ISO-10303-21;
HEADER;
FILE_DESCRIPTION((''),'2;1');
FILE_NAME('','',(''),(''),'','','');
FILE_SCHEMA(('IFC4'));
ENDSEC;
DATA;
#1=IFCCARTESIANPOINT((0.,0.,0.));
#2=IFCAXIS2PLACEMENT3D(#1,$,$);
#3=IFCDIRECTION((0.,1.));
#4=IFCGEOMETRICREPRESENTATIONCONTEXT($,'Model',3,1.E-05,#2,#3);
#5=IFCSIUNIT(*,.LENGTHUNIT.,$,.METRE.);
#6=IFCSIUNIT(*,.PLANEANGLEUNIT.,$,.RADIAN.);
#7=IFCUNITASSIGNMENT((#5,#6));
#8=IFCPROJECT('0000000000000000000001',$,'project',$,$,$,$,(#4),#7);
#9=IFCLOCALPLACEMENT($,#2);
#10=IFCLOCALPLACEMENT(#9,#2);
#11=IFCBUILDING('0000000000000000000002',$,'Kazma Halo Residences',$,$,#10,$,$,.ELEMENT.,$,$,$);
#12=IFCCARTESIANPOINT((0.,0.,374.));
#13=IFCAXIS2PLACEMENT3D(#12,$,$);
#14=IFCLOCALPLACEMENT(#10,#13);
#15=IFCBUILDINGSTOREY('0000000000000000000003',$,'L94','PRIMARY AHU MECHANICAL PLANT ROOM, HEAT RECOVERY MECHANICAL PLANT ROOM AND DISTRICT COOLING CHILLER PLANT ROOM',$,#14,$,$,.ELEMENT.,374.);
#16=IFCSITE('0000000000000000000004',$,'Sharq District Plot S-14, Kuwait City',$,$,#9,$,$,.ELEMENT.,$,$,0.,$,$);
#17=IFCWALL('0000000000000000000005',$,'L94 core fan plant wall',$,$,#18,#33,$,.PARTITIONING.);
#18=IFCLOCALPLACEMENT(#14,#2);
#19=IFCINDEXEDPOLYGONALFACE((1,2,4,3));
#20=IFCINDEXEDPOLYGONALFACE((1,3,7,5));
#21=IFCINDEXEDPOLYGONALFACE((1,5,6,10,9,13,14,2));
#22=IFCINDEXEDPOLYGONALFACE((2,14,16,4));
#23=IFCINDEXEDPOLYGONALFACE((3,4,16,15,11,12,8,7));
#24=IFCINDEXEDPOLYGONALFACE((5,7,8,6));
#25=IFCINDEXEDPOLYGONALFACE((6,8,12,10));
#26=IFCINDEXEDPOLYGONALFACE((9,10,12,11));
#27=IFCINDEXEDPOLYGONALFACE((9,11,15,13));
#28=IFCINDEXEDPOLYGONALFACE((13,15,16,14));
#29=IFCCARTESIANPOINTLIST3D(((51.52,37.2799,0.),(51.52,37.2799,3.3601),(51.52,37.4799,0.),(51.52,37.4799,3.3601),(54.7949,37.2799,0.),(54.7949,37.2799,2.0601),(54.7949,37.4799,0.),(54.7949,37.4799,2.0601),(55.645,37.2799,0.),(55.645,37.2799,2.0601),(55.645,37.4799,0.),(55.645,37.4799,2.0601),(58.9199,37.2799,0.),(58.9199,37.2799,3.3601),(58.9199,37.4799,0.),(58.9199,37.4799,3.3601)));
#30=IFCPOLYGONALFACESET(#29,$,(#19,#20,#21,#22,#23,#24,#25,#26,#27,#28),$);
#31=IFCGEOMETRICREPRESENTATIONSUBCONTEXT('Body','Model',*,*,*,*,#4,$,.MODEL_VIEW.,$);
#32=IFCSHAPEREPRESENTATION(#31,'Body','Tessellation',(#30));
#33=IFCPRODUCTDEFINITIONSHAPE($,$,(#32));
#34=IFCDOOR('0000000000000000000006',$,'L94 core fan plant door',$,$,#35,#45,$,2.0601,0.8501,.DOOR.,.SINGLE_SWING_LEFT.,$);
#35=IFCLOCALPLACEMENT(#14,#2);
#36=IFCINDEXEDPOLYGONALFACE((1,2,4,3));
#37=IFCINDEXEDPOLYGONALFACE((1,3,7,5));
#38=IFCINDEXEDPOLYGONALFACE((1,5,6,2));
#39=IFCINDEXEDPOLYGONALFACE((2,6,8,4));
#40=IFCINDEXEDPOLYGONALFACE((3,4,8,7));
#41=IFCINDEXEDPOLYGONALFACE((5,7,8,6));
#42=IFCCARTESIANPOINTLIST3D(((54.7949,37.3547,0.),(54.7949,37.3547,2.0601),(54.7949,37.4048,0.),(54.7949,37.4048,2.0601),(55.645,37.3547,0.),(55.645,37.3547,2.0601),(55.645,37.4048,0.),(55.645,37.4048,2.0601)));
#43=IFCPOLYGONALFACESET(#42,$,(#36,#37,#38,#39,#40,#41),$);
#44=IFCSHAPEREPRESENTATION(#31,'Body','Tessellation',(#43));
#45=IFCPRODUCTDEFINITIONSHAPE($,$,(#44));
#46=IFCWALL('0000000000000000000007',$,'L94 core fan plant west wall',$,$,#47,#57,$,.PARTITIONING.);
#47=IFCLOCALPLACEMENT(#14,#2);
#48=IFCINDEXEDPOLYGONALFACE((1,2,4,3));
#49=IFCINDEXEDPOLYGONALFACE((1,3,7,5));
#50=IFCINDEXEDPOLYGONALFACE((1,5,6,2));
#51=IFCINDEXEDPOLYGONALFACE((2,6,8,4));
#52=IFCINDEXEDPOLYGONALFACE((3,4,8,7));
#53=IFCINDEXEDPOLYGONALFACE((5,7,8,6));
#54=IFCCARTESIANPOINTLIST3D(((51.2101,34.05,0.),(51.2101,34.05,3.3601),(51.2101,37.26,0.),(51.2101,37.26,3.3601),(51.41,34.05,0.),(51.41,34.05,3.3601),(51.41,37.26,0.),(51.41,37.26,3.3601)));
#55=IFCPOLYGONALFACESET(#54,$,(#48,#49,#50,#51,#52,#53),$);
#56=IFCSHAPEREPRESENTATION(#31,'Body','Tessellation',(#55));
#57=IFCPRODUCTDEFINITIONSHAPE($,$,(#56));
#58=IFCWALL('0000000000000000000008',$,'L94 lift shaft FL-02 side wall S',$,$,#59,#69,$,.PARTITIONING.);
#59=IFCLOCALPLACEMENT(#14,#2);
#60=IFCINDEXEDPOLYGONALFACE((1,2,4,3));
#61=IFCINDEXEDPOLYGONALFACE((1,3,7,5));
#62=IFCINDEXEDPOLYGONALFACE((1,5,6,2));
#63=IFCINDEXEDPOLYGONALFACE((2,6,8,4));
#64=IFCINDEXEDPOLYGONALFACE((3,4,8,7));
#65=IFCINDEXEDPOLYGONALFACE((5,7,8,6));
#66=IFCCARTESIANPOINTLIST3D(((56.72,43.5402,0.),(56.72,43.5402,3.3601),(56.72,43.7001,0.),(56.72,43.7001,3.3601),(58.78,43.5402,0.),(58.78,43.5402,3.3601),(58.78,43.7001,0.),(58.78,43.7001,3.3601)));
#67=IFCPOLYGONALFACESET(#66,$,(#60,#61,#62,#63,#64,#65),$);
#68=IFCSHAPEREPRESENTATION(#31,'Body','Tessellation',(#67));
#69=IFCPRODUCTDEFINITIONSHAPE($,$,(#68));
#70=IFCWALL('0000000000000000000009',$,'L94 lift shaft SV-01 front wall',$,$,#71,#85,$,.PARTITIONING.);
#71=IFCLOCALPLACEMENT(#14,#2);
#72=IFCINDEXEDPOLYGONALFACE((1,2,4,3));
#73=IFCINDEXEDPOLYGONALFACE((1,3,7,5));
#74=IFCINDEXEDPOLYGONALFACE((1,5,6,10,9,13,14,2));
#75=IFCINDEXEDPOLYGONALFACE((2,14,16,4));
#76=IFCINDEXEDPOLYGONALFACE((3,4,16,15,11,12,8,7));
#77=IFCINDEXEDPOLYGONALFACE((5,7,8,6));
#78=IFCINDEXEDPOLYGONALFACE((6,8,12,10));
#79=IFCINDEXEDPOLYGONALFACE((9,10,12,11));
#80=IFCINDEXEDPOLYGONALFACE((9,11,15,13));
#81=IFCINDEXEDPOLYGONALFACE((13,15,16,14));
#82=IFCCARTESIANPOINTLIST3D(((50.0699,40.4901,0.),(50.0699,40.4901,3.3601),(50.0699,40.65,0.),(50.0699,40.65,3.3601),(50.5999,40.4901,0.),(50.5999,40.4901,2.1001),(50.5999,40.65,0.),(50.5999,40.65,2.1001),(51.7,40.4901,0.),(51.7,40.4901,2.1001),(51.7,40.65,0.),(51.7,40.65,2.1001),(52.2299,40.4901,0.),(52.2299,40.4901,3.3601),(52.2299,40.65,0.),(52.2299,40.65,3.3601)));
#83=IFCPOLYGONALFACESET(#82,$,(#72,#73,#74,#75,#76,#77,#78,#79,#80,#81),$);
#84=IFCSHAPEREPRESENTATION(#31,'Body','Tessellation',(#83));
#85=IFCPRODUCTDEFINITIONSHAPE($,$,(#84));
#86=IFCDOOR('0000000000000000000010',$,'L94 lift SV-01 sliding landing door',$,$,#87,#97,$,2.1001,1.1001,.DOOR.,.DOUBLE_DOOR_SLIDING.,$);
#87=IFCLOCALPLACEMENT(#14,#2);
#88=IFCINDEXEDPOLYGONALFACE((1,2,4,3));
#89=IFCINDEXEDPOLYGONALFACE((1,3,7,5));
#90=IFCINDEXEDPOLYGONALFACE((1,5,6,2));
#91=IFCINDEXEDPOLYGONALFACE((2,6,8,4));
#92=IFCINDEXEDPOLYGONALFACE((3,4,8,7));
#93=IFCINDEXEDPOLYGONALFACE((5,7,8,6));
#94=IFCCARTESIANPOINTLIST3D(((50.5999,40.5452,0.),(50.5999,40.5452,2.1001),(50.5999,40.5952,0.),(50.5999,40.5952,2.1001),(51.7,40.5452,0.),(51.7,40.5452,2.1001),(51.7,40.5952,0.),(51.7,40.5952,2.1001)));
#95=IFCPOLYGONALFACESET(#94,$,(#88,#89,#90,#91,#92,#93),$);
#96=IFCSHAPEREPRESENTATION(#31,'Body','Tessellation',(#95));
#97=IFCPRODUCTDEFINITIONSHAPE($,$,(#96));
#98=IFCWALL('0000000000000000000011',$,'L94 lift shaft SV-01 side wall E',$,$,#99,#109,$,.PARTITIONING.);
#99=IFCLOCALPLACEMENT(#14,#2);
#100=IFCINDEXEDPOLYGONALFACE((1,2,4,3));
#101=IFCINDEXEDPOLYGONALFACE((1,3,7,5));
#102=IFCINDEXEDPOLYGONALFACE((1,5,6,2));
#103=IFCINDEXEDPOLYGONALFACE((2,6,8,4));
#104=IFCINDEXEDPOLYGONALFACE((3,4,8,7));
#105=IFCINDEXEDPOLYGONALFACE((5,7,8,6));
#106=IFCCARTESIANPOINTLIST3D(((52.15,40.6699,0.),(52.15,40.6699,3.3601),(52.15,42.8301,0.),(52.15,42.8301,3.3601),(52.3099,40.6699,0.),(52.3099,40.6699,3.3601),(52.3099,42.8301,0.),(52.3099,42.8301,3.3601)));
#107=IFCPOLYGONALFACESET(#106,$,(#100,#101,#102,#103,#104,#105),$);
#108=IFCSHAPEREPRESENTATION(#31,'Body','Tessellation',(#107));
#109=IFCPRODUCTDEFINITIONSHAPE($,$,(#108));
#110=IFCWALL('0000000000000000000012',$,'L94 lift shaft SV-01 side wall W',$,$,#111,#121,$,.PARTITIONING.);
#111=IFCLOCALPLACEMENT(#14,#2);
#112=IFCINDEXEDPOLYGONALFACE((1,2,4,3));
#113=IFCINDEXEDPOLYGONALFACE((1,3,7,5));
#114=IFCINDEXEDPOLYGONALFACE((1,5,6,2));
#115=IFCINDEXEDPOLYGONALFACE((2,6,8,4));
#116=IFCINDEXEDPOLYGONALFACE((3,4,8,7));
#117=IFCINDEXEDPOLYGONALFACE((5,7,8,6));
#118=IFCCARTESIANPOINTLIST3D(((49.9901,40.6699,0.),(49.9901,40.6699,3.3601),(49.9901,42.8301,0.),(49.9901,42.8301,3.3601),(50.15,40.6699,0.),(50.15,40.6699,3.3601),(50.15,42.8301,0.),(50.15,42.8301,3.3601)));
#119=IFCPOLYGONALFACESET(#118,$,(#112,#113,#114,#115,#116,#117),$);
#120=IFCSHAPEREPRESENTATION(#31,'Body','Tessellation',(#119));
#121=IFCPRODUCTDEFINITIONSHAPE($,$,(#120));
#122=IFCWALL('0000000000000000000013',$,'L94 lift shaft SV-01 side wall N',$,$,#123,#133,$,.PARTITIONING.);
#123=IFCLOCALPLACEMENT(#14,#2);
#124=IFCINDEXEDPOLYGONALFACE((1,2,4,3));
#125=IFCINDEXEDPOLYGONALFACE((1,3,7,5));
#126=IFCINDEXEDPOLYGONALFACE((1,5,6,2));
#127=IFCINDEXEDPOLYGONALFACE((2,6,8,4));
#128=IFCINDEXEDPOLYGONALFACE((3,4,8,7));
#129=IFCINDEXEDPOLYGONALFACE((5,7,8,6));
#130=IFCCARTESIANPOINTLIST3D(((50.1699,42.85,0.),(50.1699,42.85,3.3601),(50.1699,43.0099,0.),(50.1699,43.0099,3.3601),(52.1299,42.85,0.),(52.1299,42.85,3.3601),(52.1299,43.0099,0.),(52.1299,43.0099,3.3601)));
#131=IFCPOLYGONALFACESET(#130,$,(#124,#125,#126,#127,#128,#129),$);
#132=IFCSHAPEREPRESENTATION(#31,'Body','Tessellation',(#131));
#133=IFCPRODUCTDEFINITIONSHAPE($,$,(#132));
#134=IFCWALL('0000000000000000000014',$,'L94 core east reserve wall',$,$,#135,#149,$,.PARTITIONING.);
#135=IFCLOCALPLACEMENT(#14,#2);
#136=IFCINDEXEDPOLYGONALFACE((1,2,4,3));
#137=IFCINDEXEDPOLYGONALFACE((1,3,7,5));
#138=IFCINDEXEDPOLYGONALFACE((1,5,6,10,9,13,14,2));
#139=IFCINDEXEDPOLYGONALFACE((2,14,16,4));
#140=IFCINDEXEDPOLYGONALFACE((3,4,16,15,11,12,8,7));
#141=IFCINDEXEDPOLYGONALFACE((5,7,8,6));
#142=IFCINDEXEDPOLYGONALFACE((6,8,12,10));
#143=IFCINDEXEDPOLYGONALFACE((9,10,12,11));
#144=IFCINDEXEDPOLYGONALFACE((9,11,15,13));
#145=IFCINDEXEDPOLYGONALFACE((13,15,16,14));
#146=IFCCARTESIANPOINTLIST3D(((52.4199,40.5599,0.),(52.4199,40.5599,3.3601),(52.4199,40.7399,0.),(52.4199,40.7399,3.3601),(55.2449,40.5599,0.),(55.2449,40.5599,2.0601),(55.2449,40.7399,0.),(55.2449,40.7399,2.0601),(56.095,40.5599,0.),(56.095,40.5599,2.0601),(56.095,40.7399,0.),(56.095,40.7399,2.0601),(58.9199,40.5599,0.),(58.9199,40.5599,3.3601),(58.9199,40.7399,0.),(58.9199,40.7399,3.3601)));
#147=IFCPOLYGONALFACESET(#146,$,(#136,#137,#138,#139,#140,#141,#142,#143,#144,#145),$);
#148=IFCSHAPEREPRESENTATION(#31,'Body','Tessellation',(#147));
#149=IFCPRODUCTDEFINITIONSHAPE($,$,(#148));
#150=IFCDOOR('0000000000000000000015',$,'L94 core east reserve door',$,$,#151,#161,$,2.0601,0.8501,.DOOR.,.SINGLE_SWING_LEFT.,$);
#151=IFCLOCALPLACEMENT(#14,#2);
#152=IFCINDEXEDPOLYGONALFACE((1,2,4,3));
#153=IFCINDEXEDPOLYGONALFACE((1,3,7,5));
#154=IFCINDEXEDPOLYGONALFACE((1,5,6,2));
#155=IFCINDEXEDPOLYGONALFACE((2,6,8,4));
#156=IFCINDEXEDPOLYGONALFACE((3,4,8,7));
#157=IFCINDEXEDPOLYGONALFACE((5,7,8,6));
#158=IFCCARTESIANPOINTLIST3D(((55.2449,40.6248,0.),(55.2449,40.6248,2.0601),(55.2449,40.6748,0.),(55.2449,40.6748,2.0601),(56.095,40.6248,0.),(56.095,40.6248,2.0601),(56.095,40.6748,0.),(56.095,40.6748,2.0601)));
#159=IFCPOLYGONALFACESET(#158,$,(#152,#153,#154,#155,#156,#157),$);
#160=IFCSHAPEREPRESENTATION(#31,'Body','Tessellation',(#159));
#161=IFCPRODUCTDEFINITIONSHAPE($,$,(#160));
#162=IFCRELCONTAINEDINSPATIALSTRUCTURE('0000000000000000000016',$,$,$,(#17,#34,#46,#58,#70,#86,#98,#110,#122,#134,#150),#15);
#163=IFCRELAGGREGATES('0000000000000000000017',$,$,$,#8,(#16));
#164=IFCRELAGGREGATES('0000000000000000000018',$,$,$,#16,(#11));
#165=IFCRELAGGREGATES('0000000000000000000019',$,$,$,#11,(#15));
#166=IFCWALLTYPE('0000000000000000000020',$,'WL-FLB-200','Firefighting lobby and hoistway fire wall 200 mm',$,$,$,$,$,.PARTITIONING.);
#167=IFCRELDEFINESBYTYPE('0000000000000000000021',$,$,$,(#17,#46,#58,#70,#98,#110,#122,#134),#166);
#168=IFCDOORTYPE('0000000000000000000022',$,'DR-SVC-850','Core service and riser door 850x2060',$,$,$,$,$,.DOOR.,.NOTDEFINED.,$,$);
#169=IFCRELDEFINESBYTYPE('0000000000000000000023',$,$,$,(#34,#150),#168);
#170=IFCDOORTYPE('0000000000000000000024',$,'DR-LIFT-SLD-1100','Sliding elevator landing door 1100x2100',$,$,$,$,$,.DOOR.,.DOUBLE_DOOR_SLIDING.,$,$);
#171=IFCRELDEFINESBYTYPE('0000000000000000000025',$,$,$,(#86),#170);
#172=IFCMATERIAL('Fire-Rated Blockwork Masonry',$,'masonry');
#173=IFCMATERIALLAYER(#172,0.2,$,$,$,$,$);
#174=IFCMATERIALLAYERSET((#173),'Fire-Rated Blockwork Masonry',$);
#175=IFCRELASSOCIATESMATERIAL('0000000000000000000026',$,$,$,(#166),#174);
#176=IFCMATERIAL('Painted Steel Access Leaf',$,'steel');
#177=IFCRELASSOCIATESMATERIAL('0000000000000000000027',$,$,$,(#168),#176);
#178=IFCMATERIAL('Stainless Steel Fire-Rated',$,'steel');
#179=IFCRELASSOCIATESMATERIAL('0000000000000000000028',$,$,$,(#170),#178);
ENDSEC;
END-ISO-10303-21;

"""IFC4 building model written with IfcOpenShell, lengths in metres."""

from ifc_helpers import new_model, si_unit, direction, frame, frame_2d, origin, place, context, subcontext, project, spatial, rectangle, extrude, material, layer, layer_set, type_object, element, fill, save


model = new_model("IFC4")

# Units and contexts
model_context = context("Model", 3, precision=1e-05, world=origin(), true_north=direction((0.0, 1.0)))
body_context = subcontext(model_context, "Body", "Model", "MODEL_VIEW")
ifc_project = project(units=[si_unit("LENGTHUNIT", "METRE"), si_unit("PLANEANGLEUNIT", "RADIAN")], contexts=[model_context])

# Site, building, storey
site_placement = place(None, origin())
site = spatial("IfcSite", under=ifc_project, at=site_placement, Name="Sharq District Plot S-14, Kuwait City", CompositionType="ELEMENT", RefElevation=0.0)
building_placement = place(site_placement, origin())
building = spatial("IfcBuilding", under=site, at=building_placement, Name="Kazma Halo Residences", CompositionType="ELEMENT")
storey_placement = place(building_placement, frame((0.0, 0.0, 374.0)))
storey = spatial("IfcBuildingStorey", under=building, at=storey_placement, Name="L94", Description="PRIMARY AHU MECHANICAL PLANT ROOM, HEAT RECOVERY MECHANICAL PLANT ROOM AND DISTRICT COOLING CHILLER PLANT ROOM", CompositionType="ELEMENT", Elevation=374.0)

# Wall, opening, door
ifc_material_1 = material(Name="Fire-Rated Blockwork Masonry", Category="masonry")
ifc_layer_1 = layer(ifc_material_1, 0.2)
ifc_layer_set_1 = layer_set([ifc_layer_1], Name="Fire-Rated Blockwork Masonry")
wall_type_1 = type_object("IfcWallType", Name="WL-FLB-200", Description="Firefighting lobby and hoistway fire wall 200 mm", PredefinedType="PARTITIONING", material=ifc_layer_set_1)
wall_1_placement = place(storey_placement, frame((51.52, 37.3799, 0.0), z_axis=(0.0, 0.0, 1.0), x_axis=(1.0, 0.0, 0.0)))
wall_1 = element("IfcWall", 1, at=wall_1_placement, inside=storey, type_object=wall_type_1, Name="L94 core fan plant wall", PredefinedType="PARTITIONING", context=body_context, shape_type="SweptSolid", body=[
    extrude(rectangle(XDim=7.3999, YDim=0.2, at=frame_2d((3.7, 0.0))), origin(), (0.0, 0.0, 1.0), 3.3601),
])
opening_1_placement = place(wall_1_placement, frame((3.2749, 0.0, 0.0)))
opening_1 = element("IfcOpeningElement", 2, at=opening_1_placement, cuts=wall_1, PredefinedType="OPENING", context=body_context, shape_type="SweptSolid", body=[
    extrude(rectangle(XDim=0.8501, YDim=2.0601, at=frame_2d((0.425, 1.03))), frame((0.0, 0.1099, 0.0), z_axis=(0.0, -1.0, 0.0), x_axis=(1.0, 0.0, 0.0)), (0.0, 0.0, 1.0), 0.22),
])
ifc_material_2 = material(Name="Painted Steel Access Leaf", Category="steel")
door_type_1 = type_object("IfcDoorType", Name="DR-SVC-850", Description="Core service and riser door 850x2060", OperationType="NOTDEFINED", PredefinedType="DOOR", material=ifc_material_2)
door_1_placement = place(opening_1_placement, origin())
door_1 = element("IfcDoor", 3, at=door_1_placement, inside=storey, type_object=door_type_1, Name="L94 core fan plant door", OperationType="SINGLE_SWING_LEFT", OverallHeight=2.0601, OverallWidth=0.8501, PredefinedType="DOOR", context=body_context, shape_type="SweptSolid", body=[
    extrude(rectangle(XDim=0.8501, YDim=2.0601, at=frame_2d((0.425, 1.03))), frame((0.0, 0.0249, 0.0), z_axis=(0.0, -1.0, 0.0), x_axis=(1.0, 0.0, 0.0)), (0.0, 0.0, 1.0), 0.05),
])
fill(opening_1, door_1)

# Walls
wall_2_placement = place(storey_placement, frame((51.3101, 34.05, 0.0), z_axis=(0.0, 0.0, 1.0), x_axis=(0.0, 1.0, 0.0)))
element("IfcWall", 4, at=wall_2_placement, inside=storey, type_object=wall_type_1, Name="L94 core fan plant west wall", PredefinedType="PARTITIONING", context=body_context, shape_type="SweptSolid", body=[
    extrude(rectangle(XDim=3.21, YDim=0.2, at=frame_2d((1.605, 0.0))), origin(), (0.0, 0.0, 1.0), 3.3601),
])
wall_3_placement = place(storey_placement, frame((56.72, 43.6201, 0.0), z_axis=(0.0, 0.0, 1.0), x_axis=(1.0, 0.0, 0.0)))
element("IfcWall", 5, at=wall_3_placement, inside=storey, type_object=wall_type_1, Name="L94 lift shaft FL-02 side wall S", PredefinedType="PARTITIONING", context=body_context, shape_type="SweptSolid", body=[
    extrude(rectangle(XDim=2.0601, YDim=0.1599, at=frame_2d((1.03, 0.0))), origin(), (0.0, 0.0, 1.0), 3.3601),
])

# Wall, opening, door
wall_4_placement = place(storey_placement, frame((52.23, 40.5701, 0.0), z_axis=(0.0, 0.0, 1.0), x_axis=(-1.0, 0.0, 0.0)))
wall_4 = element("IfcWall", 6, at=wall_4_placement, inside=storey, type_object=wall_type_1, Name="L94 lift shaft SV-01 front wall", PredefinedType="PARTITIONING", context=body_context, shape_type="SweptSolid", body=[
    extrude(rectangle(XDim=2.1599, YDim=0.1599, at=frame_2d((1.0801, 0.0))), origin(), (0.0, 0.0, 1.0), 3.3601),
])
opening_2_placement = place(wall_4_placement, frame((0.53, 0.0, 0.0)))
opening_2 = element("IfcOpeningElement", 7, at=opening_2_placement, cuts=wall_4, PredefinedType="OPENING", context=body_context, shape_type="SweptSolid", body=[
    extrude(rectangle(XDim=1.1001, YDim=2.1001, at=frame_2d((0.55, 1.05))), frame((0.0, 0.0898, 0.0), z_axis=(0.0, -1.0, 0.0), x_axis=(1.0, 0.0, 0.0)), (0.0, 0.0, 1.0), 0.1799),
])
ifc_material_3 = material(Name="Stainless Steel Fire-Rated", Category="steel")
door_type_2 = type_object("IfcDoorType", Name="DR-LIFT-SLD-1100", Description="Sliding elevator landing door 1100x2100", OperationType="DOUBLE_DOOR_SLIDING", PredefinedType="DOOR", material=ifc_material_3)
door_2_placement = place(opening_2_placement, origin())
door_2 = element("IfcDoor", 8, at=door_2_placement, inside=storey, type_object=door_type_2, Name="L94 lift SV-01 sliding landing door", OperationType="DOUBLE_DOOR_SLIDING", OverallHeight=2.1001, OverallWidth=1.1001, PredefinedType="DOOR", context=body_context, shape_type="SweptSolid", body=[
    extrude(rectangle(XDim=1.1001, YDim=2.1001, at=frame_2d((0.55, 1.05))), frame((0.0, 0.0249, 0.0), z_axis=(0.0, -1.0, 0.0), x_axis=(1.0, 0.0, 0.0)), (0.0, 0.0, 1.0), 0.05),
])
fill(opening_2, door_2)

# Walls
for number, where, z_axis, x_axis, name in (
    (9, (52.23, 40.6699, 0.0), (0.0, 0.0, 1.0), (0.0, 1.0, 0.0), "L94 lift shaft SV-01 side wall E"),
    (10, (50.0701, 40.6699, 0.0), (0.0, 0.0, 1.0), (0.0, 1.0, 0.0), "L94 lift shaft SV-01 side wall W"),
):
    element("IfcWall", number, at=place(storey_placement, frame(where, z_axis=z_axis, x_axis=x_axis)), inside=storey, type_object=wall_type_1, Name=name, PredefinedType="PARTITIONING", context=body_context, shape_type="SweptSolid", body=[
        extrude(rectangle(XDim=2.1602, YDim=0.1599, at=frame_2d((1.0801, 0.0))), origin(), (0.0, 0.0, 1.0), 3.3601),
    ])
wall_5_placement = place(storey_placement, frame((50.1699, 42.9299, 0.0), z_axis=(0.0, 0.0, 1.0), x_axis=(1.0, 0.0, 0.0)))
element("IfcWall", 11, at=wall_5_placement, inside=storey, type_object=wall_type_1, Name="L94 lift shaft SV-01 side wall N", PredefinedType="PARTITIONING", context=body_context, shape_type="SweptSolid", body=[
    extrude(rectangle(XDim=1.96, YDim=0.1599, at=frame_2d((0.98, 0.0))), origin(), (0.0, 0.0, 1.0), 3.3601),
])

# Wall, opening, door
wall_6_placement = place(storey_placement, frame((52.4199, 40.6499, 0.0), z_axis=(0.0, 0.0, 1.0), x_axis=(1.0, 0.0, 0.0)))
wall_6 = element("IfcWall", 12, at=wall_6_placement, inside=storey, type_object=wall_type_1, Name="L94 core east reserve wall", PredefinedType="PARTITIONING", context=body_context, shape_type="SweptSolid", body=[
    extrude(rectangle(XDim=6.5, YDim=0.1799, at=frame_2d((3.25, 0.0))), origin(), (0.0, 0.0, 1.0), 3.3601),
])
opening_3_placement = place(wall_6_placement, frame((2.825, 0.0, 0.0)))
opening_3 = element("IfcOpeningElement", 13, at=opening_3_placement, cuts=wall_6, PredefinedType="OPENING", context=body_context, shape_type="SweptSolid", body=[
    extrude(rectangle(XDim=0.8501, YDim=2.0601, at=frame_2d((0.425, 1.03))), frame((0.0, 0.0999, 0.0), z_axis=(0.0, -1.0, 0.0), x_axis=(1.0, 0.0, 0.0)), (0.0, 0.0, 1.0), 0.2),
])
door_3_placement = place(opening_3_placement, origin())
door_3 = element("IfcDoor", 14, at=door_3_placement, inside=storey, type_object=door_type_1, Name="L94 core east reserve door", OperationType="SINGLE_SWING_LEFT", OverallHeight=2.0601, OverallWidth=0.8501, PredefinedType="DOOR", context=body_context, shape_type="SweptSolid", body=[
    extrude(rectangle(XDim=0.8501, YDim=2.0601, at=frame_2d((0.425, 1.03))), frame((0.0, 0.0249, 0.0), z_axis=(0.0, -1.0, 0.0), x_axis=(1.0, 0.0, 0.0)), (0.0, 0.0, 1.0), 0.05),
])
fill(opening_3, door_3)

save(model, "model.ifc")
